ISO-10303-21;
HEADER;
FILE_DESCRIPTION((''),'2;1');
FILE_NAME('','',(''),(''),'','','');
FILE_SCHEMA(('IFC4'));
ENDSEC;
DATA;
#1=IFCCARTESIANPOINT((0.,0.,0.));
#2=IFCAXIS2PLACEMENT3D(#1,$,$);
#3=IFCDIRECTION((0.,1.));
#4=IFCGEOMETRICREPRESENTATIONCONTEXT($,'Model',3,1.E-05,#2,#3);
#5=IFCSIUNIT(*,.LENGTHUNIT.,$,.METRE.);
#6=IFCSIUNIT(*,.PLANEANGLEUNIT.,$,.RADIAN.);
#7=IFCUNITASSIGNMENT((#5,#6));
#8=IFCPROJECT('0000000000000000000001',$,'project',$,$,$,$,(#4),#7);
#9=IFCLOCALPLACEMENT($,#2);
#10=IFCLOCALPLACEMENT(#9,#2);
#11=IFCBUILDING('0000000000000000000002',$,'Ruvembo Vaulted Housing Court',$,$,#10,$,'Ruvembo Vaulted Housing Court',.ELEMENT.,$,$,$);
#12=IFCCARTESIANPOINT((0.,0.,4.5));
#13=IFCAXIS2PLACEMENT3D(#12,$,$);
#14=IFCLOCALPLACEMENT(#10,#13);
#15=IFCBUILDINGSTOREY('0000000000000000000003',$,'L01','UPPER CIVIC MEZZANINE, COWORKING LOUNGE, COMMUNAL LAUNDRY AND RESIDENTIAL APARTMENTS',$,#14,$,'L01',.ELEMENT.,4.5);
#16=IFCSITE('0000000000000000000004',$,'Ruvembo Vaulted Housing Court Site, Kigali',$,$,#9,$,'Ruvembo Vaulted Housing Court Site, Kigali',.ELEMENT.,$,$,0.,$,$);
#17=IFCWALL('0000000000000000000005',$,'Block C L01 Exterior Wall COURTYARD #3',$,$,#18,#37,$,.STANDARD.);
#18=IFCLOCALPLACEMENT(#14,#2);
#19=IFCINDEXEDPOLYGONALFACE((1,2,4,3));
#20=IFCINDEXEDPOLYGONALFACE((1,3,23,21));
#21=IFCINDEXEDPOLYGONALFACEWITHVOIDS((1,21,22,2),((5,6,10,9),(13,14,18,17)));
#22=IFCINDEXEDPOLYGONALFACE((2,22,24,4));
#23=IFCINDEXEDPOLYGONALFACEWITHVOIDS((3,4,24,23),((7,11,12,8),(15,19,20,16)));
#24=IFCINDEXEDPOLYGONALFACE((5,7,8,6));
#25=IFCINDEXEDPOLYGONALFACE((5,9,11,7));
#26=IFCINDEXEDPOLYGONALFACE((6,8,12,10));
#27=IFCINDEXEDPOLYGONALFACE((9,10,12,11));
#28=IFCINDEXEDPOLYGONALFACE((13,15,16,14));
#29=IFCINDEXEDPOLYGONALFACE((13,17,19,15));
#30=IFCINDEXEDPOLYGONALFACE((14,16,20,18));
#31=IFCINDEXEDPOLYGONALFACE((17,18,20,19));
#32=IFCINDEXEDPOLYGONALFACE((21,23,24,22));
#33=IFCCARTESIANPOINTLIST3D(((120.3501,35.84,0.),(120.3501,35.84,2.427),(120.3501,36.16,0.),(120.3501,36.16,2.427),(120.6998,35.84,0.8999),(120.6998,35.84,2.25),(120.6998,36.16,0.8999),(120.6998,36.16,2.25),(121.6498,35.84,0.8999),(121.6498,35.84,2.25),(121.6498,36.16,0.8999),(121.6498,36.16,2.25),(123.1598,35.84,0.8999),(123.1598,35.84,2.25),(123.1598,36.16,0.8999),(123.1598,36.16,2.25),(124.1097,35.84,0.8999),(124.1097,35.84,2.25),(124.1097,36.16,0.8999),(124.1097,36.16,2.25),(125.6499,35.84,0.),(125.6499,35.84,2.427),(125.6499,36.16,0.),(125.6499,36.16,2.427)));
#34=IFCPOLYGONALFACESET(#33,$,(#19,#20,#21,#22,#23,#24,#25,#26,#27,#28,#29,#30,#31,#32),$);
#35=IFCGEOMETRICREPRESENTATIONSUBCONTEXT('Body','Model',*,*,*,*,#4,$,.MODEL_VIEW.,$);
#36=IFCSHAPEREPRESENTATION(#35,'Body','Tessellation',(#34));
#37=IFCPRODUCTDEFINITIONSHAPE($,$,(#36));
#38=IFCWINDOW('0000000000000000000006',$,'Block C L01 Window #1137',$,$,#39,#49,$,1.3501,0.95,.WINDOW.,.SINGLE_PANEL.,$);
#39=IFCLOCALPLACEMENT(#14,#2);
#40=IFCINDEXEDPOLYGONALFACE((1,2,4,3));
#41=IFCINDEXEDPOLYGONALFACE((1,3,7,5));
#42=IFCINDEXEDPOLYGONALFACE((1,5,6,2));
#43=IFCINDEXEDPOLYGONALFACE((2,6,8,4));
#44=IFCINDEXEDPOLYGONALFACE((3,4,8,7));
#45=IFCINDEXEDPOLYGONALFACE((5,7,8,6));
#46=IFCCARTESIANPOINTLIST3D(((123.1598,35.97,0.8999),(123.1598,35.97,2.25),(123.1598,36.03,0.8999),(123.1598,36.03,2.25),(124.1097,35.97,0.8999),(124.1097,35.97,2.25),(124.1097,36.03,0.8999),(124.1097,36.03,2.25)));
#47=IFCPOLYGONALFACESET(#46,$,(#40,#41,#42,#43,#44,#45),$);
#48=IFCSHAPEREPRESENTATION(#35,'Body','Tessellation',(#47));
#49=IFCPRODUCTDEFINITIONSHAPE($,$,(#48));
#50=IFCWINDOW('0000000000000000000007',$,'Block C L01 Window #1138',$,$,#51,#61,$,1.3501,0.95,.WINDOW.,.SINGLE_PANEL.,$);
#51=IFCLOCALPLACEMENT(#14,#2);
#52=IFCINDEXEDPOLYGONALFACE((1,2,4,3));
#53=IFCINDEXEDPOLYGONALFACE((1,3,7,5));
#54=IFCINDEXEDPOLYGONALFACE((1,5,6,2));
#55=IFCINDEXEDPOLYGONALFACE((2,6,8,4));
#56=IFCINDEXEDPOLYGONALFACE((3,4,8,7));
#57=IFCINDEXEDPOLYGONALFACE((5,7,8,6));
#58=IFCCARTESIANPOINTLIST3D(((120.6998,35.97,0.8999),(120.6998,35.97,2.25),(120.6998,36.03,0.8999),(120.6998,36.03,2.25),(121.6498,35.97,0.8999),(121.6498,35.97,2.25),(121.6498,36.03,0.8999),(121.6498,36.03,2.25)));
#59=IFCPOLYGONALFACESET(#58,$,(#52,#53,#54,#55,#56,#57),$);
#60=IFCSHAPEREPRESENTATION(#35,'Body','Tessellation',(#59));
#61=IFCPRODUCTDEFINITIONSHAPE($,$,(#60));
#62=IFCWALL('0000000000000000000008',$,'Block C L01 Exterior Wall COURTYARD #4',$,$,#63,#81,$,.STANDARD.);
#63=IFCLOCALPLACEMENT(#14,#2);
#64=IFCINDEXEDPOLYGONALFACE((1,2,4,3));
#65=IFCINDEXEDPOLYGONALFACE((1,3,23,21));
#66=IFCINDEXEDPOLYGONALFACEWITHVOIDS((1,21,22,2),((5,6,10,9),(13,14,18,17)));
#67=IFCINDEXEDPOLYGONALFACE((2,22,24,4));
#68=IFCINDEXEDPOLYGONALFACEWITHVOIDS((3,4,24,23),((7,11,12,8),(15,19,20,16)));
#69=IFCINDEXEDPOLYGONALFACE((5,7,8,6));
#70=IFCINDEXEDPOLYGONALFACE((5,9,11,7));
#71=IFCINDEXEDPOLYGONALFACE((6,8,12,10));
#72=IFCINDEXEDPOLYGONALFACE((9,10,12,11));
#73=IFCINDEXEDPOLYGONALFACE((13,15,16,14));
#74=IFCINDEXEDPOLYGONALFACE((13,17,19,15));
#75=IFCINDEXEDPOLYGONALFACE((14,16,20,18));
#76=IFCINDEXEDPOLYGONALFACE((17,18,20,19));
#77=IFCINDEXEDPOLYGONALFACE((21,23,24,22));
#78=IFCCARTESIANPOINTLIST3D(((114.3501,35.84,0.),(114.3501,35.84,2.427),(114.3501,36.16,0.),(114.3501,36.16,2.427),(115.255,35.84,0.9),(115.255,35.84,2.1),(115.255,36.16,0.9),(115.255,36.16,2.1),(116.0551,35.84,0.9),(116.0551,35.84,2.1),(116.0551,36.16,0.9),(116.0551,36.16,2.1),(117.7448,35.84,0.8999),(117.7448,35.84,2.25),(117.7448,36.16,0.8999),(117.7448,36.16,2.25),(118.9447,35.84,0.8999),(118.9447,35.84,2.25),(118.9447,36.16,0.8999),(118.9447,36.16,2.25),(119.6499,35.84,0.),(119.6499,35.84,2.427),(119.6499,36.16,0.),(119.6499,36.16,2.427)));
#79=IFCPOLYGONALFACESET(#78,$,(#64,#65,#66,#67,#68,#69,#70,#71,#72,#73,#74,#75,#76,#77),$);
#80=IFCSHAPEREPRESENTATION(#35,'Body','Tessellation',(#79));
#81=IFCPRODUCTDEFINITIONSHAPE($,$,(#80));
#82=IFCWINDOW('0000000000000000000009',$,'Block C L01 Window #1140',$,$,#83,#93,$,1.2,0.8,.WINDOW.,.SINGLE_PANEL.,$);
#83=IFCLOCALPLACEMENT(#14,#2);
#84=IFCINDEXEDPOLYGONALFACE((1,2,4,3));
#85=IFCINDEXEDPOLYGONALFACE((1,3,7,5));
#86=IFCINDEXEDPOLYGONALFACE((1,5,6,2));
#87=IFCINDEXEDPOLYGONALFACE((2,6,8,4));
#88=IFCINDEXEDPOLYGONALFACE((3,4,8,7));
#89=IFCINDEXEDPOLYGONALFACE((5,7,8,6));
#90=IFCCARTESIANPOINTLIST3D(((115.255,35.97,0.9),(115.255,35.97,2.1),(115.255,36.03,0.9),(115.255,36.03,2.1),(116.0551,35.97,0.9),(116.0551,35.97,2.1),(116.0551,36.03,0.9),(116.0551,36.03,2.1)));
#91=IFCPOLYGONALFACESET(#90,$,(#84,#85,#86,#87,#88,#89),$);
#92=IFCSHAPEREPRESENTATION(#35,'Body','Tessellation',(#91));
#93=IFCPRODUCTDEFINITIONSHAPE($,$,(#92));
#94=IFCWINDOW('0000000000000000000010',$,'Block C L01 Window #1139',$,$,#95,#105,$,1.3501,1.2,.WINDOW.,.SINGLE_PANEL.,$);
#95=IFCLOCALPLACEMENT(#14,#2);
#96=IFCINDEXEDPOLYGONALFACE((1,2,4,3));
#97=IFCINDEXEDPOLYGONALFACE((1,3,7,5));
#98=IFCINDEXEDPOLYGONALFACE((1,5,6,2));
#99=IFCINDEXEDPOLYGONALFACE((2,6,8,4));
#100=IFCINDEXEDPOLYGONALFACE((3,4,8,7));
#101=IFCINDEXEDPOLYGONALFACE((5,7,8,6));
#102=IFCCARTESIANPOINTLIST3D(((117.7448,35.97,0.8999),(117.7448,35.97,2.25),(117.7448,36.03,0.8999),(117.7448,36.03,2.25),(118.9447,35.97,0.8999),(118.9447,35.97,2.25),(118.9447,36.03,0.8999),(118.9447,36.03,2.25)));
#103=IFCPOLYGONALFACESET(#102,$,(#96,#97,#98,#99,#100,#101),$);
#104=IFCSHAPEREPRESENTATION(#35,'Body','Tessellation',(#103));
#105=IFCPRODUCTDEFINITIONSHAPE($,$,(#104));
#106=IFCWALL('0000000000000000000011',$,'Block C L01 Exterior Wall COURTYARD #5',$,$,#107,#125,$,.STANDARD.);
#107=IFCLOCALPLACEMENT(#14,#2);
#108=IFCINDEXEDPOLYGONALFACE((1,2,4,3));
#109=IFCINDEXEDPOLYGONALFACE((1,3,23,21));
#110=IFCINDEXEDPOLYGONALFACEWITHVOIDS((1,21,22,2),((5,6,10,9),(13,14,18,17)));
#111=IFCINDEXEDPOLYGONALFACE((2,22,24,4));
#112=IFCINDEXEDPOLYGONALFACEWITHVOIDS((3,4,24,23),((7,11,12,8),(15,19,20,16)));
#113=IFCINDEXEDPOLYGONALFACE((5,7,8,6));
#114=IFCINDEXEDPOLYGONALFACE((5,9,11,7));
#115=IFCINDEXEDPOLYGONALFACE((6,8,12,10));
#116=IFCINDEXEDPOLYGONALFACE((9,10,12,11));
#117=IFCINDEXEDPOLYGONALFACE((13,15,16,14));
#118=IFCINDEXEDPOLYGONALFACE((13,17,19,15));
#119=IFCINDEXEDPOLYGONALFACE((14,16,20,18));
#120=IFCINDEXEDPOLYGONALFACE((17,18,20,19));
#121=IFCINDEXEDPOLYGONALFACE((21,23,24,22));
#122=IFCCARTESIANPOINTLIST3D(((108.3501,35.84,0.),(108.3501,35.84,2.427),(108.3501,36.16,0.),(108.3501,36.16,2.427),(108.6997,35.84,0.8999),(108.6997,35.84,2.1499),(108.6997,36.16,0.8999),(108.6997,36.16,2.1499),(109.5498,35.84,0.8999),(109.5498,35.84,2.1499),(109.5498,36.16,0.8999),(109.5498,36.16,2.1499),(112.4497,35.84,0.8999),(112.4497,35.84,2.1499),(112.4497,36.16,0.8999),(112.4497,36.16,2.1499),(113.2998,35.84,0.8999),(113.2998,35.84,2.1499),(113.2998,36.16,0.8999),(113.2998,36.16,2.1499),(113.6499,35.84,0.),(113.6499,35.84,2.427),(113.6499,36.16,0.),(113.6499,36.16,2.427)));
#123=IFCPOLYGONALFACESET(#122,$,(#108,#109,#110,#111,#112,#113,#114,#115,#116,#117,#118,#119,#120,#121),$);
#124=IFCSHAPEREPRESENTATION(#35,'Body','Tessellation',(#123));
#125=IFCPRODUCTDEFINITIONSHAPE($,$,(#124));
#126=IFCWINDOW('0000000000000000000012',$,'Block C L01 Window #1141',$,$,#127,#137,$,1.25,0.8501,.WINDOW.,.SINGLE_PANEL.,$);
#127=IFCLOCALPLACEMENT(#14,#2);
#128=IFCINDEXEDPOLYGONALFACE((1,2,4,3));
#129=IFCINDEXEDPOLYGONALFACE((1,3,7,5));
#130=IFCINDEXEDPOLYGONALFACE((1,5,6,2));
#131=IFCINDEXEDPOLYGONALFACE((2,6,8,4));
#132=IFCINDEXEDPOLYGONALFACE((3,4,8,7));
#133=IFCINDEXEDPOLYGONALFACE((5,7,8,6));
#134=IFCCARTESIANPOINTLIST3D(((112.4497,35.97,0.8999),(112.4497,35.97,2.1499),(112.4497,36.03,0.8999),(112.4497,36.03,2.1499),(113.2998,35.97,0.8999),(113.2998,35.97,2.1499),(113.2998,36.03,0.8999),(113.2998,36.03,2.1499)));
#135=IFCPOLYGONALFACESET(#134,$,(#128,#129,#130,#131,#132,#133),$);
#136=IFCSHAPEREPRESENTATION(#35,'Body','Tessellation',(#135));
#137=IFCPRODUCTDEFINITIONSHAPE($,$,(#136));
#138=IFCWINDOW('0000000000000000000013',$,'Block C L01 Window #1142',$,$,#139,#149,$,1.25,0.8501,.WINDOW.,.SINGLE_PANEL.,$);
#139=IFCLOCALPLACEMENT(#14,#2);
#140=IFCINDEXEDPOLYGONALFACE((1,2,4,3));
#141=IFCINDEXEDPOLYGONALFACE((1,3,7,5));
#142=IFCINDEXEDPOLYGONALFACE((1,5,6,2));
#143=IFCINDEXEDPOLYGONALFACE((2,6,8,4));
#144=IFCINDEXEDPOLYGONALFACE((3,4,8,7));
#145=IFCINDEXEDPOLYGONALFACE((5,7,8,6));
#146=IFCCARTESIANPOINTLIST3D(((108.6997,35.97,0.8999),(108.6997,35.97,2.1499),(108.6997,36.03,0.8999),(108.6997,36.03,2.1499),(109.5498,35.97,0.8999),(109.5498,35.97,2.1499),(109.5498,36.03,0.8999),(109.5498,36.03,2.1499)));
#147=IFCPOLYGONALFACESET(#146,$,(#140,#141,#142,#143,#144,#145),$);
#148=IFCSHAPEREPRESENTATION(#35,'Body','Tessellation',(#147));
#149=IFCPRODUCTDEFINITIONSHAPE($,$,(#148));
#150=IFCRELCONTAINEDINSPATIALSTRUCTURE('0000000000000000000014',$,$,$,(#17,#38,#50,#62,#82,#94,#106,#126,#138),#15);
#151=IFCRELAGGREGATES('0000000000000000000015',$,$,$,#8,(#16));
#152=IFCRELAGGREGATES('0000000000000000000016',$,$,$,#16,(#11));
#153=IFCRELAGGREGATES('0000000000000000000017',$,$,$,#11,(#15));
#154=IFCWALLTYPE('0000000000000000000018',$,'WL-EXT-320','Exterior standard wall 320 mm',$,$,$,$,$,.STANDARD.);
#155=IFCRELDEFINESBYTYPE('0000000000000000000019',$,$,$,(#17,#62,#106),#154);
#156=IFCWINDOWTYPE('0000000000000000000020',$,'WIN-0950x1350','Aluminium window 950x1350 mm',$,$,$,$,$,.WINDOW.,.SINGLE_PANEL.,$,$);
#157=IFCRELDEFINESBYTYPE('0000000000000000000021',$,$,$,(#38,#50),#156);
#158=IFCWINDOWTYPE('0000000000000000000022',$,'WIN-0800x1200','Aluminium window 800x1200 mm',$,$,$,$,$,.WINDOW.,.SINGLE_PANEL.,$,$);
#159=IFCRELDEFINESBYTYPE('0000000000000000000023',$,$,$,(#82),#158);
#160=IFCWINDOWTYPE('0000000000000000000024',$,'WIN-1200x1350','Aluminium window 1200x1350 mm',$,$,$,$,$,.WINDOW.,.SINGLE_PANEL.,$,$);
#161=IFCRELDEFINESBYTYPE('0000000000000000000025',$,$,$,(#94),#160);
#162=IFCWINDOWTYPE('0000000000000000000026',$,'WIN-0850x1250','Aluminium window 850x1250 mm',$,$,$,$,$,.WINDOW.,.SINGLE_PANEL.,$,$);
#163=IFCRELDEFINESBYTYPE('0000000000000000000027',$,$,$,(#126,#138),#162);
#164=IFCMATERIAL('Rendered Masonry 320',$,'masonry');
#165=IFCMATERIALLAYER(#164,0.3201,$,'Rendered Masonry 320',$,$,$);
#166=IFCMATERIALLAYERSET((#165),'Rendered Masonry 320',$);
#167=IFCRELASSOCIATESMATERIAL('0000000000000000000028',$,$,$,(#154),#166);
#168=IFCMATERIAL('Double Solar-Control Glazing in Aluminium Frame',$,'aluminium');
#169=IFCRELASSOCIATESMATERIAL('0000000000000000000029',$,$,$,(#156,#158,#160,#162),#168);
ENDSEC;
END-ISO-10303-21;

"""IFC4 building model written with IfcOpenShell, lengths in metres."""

from ifc_helpers import new_model, si_unit, direction, frame, frame_2d, origin, place, context, subcontext, project, spatial, rectangle, extrude, material, layer, layer_set, type_object, element, fill, save


model = new_model("IFC4")

# Units and contexts
model_context = context("Model", 3, precision=1e-05, world=origin(), true_north=direction((0.0, 1.0)))
body_context = subcontext(model_context, "Body", "Model", "MODEL_VIEW")
ifc_project = project(units=[si_unit("LENGTHUNIT", "METRE"), si_unit("PLANEANGLEUNIT", "RADIAN")], contexts=[model_context])

# Site, building, storey
site_placement = place(None, origin())
site = spatial("IfcSite", under=ifc_project, at=site_placement, Name="Ruvembo Vaulted Housing Court Site, Kigali", LongName="Ruvembo Vaulted Housing Court Site, Kigali", CompositionType="ELEMENT", RefElevation=0.0)
building_placement = place(site_placement, origin())
building = spatial("IfcBuilding", under=site, at=building_placement, Name="Ruvembo Vaulted Housing Court", LongName="Ruvembo Vaulted Housing Court", CompositionType="ELEMENT")
storey_placement = place(building_placement, frame((0.0, 0.0, 4.5)))
storey = spatial("IfcBuildingStorey", under=building, at=storey_placement, Name="L01", Description="UPPER CIVIC MEZZANINE, COWORKING LOUNGE, COMMUNAL LAUNDRY AND RESIDENTIAL APARTMENTS", LongName="L01", CompositionType="ELEMENT", Elevation=4.5)

# Walls, openings, windows
ifc_material_1 = material(Name="Rendered Masonry 320", Category="masonry")
ifc_layer_1 = layer(ifc_material_1, 0.3201, Name="Rendered Masonry 320")
ifc_layer_set_1 = layer_set([ifc_layer_1], Name="Rendered Masonry 320")
wall_type_1 = type_object("IfcWallType", Name="WL-EXT-320", Description="Exterior standard wall 320 mm", PredefinedType="STANDARD", material=ifc_layer_set_1)
wall_1_placement = place(storey_placement, frame((125.6499, 36.0, 0.0), z_axis=(0.0, 0.0, 1.0), x_axis=(-1.0, 0.0, 0.0)))
wall_1 = element("IfcWall", 1, at=wall_1_placement, inside=storey, type_object=wall_type_1, Name="Block C L01 Exterior Wall COURTYARD #3", PredefinedType="STANDARD", context=body_context, shape_type="SweptSolid", body=[
    extrude(rectangle(XDim=5.2998, YDim=0.3201, at=frame_2d((2.6499, 0.0))), origin(), (0.0, 0.0, 1.0), 2.427),
])
opening_1_placement = place(wall_1_placement, frame((1.54, 0.0, 0.8999)))
opening_1 = element("IfcOpeningElement", 2, at=opening_1_placement, cuts=wall_1, PredefinedType="OPENING", context=body_context, shape_type="SweptSolid", body=[
    extrude(rectangle(XDim=0.95, YDim=1.3501, at=frame_2d((0.4751, 0.675))), frame((0.0, 0.1699, 0.0), z_axis=(0.0, -1.0, 0.0), x_axis=(1.0, 0.0, 0.0)), (0.0, 0.0, 1.0), 0.3401),
])
opening_2_placement = place(wall_1_placement, frame((4.0, 0.0, 0.8999)))
opening_2 = element("IfcOpeningElement", 3, at=opening_2_placement, cuts=wall_1, PredefinedType="OPENING", context=body_context, shape_type="SweptSolid", body=[
    extrude(rectangle(XDim=0.95, YDim=1.3501, at=frame_2d((0.4751, 0.675))), frame((0.0, 0.1699, 0.0), z_axis=(0.0, -1.0, 0.0), x_axis=(1.0, 0.0, 0.0)), (0.0, 0.0, 1.0), 0.3401),
])
ifc_material_2 = material(Name="Double Solar-Control Glazing in Aluminium Frame", Category="aluminium")
window_type_1 = type_object("IfcWindowType", Name="WIN-0950x1350", Description="Aluminium window 950x1350 mm", PartitioningType="SINGLE_PANEL", PredefinedType="WINDOW", material=ifc_material_2)
window_1_placement = place(opening_1_placement, origin())
window_1 = element("IfcWindow", 4, at=window_1_placement, inside=storey, type_object=window_type_1, Name="Block C L01 Window #1137", OverallHeight=1.3501, OverallWidth=0.95, PartitioningType="SINGLE_PANEL", PredefinedType="WINDOW", context=body_context, shape_type="SweptSolid", body=[
    extrude(rectangle(XDim=0.95, YDim=1.3501, at=frame_2d((0.4751, 0.675))), frame((0.0, 0.03, 0.0), z_axis=(0.0, -1.0, 0.0), x_axis=(1.0, 0.0, 0.0)), (0.0, 0.0, 1.0), 0.0601),
])
fill(opening_1, window_1)
window_2_placement = place(opening_2_placement, origin())
window_2 = element("IfcWindow", 5, at=window_2_placement, inside=storey, type_object=window_type_1, Name="Block C L01 Window #1138", OverallHeight=1.3501, OverallWidth=0.95, PartitioningType="SINGLE_PANEL", PredefinedType="WINDOW", context=body_context, shape_type="SweptSolid", body=[
    extrude(rectangle(XDim=0.95, YDim=1.3501, at=frame_2d((0.4751, 0.675))), frame((0.0, 0.03, 0.0), z_axis=(0.0, -1.0, 0.0), x_axis=(1.0, 0.0, 0.0)), (0.0, 0.0, 1.0), 0.0601),
])
fill(opening_2, window_2)
wall_2_placement = place(storey_placement, frame((119.6499, 36.0, 0.0), z_axis=(0.0, 0.0, 1.0), x_axis=(-1.0, 0.0, 0.0)))
wall_2 = element("IfcWall", 6, at=wall_2_placement, inside=storey, type_object=wall_type_1, Name="Block C L01 Exterior Wall COURTYARD #4", PredefinedType="STANDARD", context=body_context, shape_type="SweptSolid", body=[
    extrude(rectangle(XDim=5.2998, YDim=0.3201, at=frame_2d((2.6499, 0.0))), origin(), (0.0, 0.0, 1.0), 2.427),
])
opening_3_placement = place(wall_2_placement, frame((0.7051, 0.0, 0.8999)))
opening_3 = element("IfcOpeningElement", 7, at=opening_3_placement, cuts=wall_2, PredefinedType="OPENING", context=body_context, shape_type="SweptSolid", body=[
    extrude(rectangle(XDim=1.2, YDim=1.3501, at=frame_2d((0.6001, 0.675))), frame((0.0, 0.1699, 0.0), z_axis=(0.0, -1.0, 0.0), x_axis=(1.0, 0.0, 0.0)), (0.0, 0.0, 1.0), 0.3401),
])
opening_4_placement = place(wall_2_placement, frame((3.595, 0.0, 0.8999)))
opening_4 = element("IfcOpeningElement", 8, at=opening_4_placement, cuts=wall_2, PredefinedType="OPENING", context=body_context, shape_type="SweptSolid", body=[
    extrude(rectangle(XDim=0.8, YDim=1.2, at=frame_2d((0.3999, 0.6001))), frame((0.0, 0.1699, 0.0), z_axis=(0.0, -1.0, 0.0), x_axis=(1.0, 0.0, 0.0)), (0.0, 0.0, 1.0), 0.3401),
])
window_type_2 = type_object("IfcWindowType", Name="WIN-0800x1200", Description="Aluminium window 800x1200 mm", PartitioningType="SINGLE_PANEL", PredefinedType="WINDOW", material=ifc_material_2)
window_3_placement = place(opening_4_placement, origin())
window_3 = element("IfcWindow", 9, at=window_3_placement, inside=storey, type_object=window_type_2, Name="Block C L01 Window #1140", OverallHeight=1.2, OverallWidth=0.8, PartitioningType="SINGLE_PANEL", PredefinedType="WINDOW", context=body_context, shape_type="SweptSolid", body=[
    extrude(rectangle(XDim=0.8, YDim=1.2, at=frame_2d((0.3999, 0.6001))), frame((0.0, 0.03, 0.0), z_axis=(0.0, -1.0, 0.0), x_axis=(1.0, 0.0, 0.0)), (0.0, 0.0, 1.0), 0.0601),
])
fill(opening_4, window_3)
window_type_3 = type_object("IfcWindowType", Name="WIN-1200x1350", Description="Aluminium window 1200x1350 mm", PartitioningType="SINGLE_PANEL", PredefinedType="WINDOW", material=ifc_material_2)
window_4_placement = place(opening_3_placement, origin())
window_4 = element("IfcWindow", 10, at=window_4_placement, inside=storey, type_object=window_type_3, Name="Block C L01 Window #1139", OverallHeight=1.3501, OverallWidth=1.2, PartitioningType="SINGLE_PANEL", PredefinedType="WINDOW", context=body_context, shape_type="SweptSolid", body=[
    extrude(rectangle(XDim=1.2, YDim=1.3501, at=frame_2d((0.6001, 0.675))), frame((0.0, 0.03, 0.0), z_axis=(0.0, -1.0, 0.0), x_axis=(1.0, 0.0, 0.0)), (0.0, 0.0, 1.0), 0.0601),
])
fill(opening_3, window_4)
wall_3_placement = place(storey_placement, frame((113.6499, 36.0, 0.0), z_axis=(0.0, 0.0, 1.0), x_axis=(-1.0, 0.0, 0.0)))
wall_3 = element("IfcWall", 11, at=wall_3_placement, inside=storey, type_object=wall_type_1, Name="Block C L01 Exterior Wall COURTYARD #5", PredefinedType="STANDARD", context=body_context, shape_type="SweptSolid", body=[
    extrude(rectangle(XDim=5.2998, YDim=0.3201, at=frame_2d((2.6499, 0.0))), origin(), (0.0, 0.0, 1.0), 2.427),
])
opening_5_placement = place(wall_3_placement, frame((0.3501, 0.0, 0.8999)))
opening_5 = element("IfcOpeningElement", 12, at=opening_5_placement, cuts=wall_3, PredefinedType="OPENING", context=body_context, shape_type="SweptSolid", body=[
    extrude(rectangle(XDim=0.8501, YDim=1.25, at=frame_2d((0.425, 0.625))), frame((0.0, 0.1699, 0.0), z_axis=(0.0, -1.0, 0.0), x_axis=(1.0, 0.0, 0.0)), (0.0, 0.0, 1.0), 0.3401),
])
opening_6_placement = place(wall_3_placement, frame((4.1001, 0.0, 0.8999)))
opening_6 = element("IfcOpeningElement", 13, at=opening_6_placement, cuts=wall_3, PredefinedType="OPENING", context=body_context, shape_type="SweptSolid", body=[
    extrude(rectangle(XDim=0.8501, YDim=1.25, at=frame_2d((0.425, 0.625))), frame((0.0, 0.1699, 0.0), z_axis=(0.0, -1.0, 0.0), x_axis=(1.0, 0.0, 0.0)), (0.0, 0.0, 1.0), 0.3401),
])
window_type_4 = type_object("IfcWindowType", Name="WIN-0850x1250", Description="Aluminium window 850x1250 mm", PartitioningType="SINGLE_PANEL", PredefinedType="WINDOW", material=ifc_material_2)
window_5_placement = place(opening_5_placement, origin())
window_5 = element("IfcWindow", 14, at=window_5_placement, inside=storey, type_object=window_type_4, Name="Block C L01 Window #1141", OverallHeight=1.25, OverallWidth=0.8501, PartitioningType="SINGLE_PANEL", PredefinedType="WINDOW", context=body_context, shape_type="SweptSolid", body=[
    extrude(rectangle(XDim=0.8501, YDim=1.25, at=frame_2d((0.425, 0.625))), frame((0.0, 0.03, 0.0), z_axis=(0.0, -1.0, 0.0), x_axis=(1.0, 0.0, 0.0)), (0.0, 0.0, 1.0), 0.0601),
])
fill(opening_5, window_5)
window_6_placement = place(opening_6_placement, origin())
window_6 = element("IfcWindow", 15, at=window_6_placement, inside=storey, type_object=window_type_4, Name="Block C L01 Window #1142", OverallHeight=1.25, OverallWidth=0.8501, PartitioningType="SINGLE_PANEL", PredefinedType="WINDOW", context=body_context, shape_type="SweptSolid", body=[
    extrude(rectangle(XDim=0.8501, YDim=1.25, at=frame_2d((0.425, 0.625))), frame((0.0, 0.03, 0.0), z_axis=(0.0, -1.0, 0.0), x_axis=(1.0, 0.0, 0.0)), (0.0, 0.0, 1.0), 0.0601),
])
fill(opening_6, window_6)

save(model, "model.ifc")
